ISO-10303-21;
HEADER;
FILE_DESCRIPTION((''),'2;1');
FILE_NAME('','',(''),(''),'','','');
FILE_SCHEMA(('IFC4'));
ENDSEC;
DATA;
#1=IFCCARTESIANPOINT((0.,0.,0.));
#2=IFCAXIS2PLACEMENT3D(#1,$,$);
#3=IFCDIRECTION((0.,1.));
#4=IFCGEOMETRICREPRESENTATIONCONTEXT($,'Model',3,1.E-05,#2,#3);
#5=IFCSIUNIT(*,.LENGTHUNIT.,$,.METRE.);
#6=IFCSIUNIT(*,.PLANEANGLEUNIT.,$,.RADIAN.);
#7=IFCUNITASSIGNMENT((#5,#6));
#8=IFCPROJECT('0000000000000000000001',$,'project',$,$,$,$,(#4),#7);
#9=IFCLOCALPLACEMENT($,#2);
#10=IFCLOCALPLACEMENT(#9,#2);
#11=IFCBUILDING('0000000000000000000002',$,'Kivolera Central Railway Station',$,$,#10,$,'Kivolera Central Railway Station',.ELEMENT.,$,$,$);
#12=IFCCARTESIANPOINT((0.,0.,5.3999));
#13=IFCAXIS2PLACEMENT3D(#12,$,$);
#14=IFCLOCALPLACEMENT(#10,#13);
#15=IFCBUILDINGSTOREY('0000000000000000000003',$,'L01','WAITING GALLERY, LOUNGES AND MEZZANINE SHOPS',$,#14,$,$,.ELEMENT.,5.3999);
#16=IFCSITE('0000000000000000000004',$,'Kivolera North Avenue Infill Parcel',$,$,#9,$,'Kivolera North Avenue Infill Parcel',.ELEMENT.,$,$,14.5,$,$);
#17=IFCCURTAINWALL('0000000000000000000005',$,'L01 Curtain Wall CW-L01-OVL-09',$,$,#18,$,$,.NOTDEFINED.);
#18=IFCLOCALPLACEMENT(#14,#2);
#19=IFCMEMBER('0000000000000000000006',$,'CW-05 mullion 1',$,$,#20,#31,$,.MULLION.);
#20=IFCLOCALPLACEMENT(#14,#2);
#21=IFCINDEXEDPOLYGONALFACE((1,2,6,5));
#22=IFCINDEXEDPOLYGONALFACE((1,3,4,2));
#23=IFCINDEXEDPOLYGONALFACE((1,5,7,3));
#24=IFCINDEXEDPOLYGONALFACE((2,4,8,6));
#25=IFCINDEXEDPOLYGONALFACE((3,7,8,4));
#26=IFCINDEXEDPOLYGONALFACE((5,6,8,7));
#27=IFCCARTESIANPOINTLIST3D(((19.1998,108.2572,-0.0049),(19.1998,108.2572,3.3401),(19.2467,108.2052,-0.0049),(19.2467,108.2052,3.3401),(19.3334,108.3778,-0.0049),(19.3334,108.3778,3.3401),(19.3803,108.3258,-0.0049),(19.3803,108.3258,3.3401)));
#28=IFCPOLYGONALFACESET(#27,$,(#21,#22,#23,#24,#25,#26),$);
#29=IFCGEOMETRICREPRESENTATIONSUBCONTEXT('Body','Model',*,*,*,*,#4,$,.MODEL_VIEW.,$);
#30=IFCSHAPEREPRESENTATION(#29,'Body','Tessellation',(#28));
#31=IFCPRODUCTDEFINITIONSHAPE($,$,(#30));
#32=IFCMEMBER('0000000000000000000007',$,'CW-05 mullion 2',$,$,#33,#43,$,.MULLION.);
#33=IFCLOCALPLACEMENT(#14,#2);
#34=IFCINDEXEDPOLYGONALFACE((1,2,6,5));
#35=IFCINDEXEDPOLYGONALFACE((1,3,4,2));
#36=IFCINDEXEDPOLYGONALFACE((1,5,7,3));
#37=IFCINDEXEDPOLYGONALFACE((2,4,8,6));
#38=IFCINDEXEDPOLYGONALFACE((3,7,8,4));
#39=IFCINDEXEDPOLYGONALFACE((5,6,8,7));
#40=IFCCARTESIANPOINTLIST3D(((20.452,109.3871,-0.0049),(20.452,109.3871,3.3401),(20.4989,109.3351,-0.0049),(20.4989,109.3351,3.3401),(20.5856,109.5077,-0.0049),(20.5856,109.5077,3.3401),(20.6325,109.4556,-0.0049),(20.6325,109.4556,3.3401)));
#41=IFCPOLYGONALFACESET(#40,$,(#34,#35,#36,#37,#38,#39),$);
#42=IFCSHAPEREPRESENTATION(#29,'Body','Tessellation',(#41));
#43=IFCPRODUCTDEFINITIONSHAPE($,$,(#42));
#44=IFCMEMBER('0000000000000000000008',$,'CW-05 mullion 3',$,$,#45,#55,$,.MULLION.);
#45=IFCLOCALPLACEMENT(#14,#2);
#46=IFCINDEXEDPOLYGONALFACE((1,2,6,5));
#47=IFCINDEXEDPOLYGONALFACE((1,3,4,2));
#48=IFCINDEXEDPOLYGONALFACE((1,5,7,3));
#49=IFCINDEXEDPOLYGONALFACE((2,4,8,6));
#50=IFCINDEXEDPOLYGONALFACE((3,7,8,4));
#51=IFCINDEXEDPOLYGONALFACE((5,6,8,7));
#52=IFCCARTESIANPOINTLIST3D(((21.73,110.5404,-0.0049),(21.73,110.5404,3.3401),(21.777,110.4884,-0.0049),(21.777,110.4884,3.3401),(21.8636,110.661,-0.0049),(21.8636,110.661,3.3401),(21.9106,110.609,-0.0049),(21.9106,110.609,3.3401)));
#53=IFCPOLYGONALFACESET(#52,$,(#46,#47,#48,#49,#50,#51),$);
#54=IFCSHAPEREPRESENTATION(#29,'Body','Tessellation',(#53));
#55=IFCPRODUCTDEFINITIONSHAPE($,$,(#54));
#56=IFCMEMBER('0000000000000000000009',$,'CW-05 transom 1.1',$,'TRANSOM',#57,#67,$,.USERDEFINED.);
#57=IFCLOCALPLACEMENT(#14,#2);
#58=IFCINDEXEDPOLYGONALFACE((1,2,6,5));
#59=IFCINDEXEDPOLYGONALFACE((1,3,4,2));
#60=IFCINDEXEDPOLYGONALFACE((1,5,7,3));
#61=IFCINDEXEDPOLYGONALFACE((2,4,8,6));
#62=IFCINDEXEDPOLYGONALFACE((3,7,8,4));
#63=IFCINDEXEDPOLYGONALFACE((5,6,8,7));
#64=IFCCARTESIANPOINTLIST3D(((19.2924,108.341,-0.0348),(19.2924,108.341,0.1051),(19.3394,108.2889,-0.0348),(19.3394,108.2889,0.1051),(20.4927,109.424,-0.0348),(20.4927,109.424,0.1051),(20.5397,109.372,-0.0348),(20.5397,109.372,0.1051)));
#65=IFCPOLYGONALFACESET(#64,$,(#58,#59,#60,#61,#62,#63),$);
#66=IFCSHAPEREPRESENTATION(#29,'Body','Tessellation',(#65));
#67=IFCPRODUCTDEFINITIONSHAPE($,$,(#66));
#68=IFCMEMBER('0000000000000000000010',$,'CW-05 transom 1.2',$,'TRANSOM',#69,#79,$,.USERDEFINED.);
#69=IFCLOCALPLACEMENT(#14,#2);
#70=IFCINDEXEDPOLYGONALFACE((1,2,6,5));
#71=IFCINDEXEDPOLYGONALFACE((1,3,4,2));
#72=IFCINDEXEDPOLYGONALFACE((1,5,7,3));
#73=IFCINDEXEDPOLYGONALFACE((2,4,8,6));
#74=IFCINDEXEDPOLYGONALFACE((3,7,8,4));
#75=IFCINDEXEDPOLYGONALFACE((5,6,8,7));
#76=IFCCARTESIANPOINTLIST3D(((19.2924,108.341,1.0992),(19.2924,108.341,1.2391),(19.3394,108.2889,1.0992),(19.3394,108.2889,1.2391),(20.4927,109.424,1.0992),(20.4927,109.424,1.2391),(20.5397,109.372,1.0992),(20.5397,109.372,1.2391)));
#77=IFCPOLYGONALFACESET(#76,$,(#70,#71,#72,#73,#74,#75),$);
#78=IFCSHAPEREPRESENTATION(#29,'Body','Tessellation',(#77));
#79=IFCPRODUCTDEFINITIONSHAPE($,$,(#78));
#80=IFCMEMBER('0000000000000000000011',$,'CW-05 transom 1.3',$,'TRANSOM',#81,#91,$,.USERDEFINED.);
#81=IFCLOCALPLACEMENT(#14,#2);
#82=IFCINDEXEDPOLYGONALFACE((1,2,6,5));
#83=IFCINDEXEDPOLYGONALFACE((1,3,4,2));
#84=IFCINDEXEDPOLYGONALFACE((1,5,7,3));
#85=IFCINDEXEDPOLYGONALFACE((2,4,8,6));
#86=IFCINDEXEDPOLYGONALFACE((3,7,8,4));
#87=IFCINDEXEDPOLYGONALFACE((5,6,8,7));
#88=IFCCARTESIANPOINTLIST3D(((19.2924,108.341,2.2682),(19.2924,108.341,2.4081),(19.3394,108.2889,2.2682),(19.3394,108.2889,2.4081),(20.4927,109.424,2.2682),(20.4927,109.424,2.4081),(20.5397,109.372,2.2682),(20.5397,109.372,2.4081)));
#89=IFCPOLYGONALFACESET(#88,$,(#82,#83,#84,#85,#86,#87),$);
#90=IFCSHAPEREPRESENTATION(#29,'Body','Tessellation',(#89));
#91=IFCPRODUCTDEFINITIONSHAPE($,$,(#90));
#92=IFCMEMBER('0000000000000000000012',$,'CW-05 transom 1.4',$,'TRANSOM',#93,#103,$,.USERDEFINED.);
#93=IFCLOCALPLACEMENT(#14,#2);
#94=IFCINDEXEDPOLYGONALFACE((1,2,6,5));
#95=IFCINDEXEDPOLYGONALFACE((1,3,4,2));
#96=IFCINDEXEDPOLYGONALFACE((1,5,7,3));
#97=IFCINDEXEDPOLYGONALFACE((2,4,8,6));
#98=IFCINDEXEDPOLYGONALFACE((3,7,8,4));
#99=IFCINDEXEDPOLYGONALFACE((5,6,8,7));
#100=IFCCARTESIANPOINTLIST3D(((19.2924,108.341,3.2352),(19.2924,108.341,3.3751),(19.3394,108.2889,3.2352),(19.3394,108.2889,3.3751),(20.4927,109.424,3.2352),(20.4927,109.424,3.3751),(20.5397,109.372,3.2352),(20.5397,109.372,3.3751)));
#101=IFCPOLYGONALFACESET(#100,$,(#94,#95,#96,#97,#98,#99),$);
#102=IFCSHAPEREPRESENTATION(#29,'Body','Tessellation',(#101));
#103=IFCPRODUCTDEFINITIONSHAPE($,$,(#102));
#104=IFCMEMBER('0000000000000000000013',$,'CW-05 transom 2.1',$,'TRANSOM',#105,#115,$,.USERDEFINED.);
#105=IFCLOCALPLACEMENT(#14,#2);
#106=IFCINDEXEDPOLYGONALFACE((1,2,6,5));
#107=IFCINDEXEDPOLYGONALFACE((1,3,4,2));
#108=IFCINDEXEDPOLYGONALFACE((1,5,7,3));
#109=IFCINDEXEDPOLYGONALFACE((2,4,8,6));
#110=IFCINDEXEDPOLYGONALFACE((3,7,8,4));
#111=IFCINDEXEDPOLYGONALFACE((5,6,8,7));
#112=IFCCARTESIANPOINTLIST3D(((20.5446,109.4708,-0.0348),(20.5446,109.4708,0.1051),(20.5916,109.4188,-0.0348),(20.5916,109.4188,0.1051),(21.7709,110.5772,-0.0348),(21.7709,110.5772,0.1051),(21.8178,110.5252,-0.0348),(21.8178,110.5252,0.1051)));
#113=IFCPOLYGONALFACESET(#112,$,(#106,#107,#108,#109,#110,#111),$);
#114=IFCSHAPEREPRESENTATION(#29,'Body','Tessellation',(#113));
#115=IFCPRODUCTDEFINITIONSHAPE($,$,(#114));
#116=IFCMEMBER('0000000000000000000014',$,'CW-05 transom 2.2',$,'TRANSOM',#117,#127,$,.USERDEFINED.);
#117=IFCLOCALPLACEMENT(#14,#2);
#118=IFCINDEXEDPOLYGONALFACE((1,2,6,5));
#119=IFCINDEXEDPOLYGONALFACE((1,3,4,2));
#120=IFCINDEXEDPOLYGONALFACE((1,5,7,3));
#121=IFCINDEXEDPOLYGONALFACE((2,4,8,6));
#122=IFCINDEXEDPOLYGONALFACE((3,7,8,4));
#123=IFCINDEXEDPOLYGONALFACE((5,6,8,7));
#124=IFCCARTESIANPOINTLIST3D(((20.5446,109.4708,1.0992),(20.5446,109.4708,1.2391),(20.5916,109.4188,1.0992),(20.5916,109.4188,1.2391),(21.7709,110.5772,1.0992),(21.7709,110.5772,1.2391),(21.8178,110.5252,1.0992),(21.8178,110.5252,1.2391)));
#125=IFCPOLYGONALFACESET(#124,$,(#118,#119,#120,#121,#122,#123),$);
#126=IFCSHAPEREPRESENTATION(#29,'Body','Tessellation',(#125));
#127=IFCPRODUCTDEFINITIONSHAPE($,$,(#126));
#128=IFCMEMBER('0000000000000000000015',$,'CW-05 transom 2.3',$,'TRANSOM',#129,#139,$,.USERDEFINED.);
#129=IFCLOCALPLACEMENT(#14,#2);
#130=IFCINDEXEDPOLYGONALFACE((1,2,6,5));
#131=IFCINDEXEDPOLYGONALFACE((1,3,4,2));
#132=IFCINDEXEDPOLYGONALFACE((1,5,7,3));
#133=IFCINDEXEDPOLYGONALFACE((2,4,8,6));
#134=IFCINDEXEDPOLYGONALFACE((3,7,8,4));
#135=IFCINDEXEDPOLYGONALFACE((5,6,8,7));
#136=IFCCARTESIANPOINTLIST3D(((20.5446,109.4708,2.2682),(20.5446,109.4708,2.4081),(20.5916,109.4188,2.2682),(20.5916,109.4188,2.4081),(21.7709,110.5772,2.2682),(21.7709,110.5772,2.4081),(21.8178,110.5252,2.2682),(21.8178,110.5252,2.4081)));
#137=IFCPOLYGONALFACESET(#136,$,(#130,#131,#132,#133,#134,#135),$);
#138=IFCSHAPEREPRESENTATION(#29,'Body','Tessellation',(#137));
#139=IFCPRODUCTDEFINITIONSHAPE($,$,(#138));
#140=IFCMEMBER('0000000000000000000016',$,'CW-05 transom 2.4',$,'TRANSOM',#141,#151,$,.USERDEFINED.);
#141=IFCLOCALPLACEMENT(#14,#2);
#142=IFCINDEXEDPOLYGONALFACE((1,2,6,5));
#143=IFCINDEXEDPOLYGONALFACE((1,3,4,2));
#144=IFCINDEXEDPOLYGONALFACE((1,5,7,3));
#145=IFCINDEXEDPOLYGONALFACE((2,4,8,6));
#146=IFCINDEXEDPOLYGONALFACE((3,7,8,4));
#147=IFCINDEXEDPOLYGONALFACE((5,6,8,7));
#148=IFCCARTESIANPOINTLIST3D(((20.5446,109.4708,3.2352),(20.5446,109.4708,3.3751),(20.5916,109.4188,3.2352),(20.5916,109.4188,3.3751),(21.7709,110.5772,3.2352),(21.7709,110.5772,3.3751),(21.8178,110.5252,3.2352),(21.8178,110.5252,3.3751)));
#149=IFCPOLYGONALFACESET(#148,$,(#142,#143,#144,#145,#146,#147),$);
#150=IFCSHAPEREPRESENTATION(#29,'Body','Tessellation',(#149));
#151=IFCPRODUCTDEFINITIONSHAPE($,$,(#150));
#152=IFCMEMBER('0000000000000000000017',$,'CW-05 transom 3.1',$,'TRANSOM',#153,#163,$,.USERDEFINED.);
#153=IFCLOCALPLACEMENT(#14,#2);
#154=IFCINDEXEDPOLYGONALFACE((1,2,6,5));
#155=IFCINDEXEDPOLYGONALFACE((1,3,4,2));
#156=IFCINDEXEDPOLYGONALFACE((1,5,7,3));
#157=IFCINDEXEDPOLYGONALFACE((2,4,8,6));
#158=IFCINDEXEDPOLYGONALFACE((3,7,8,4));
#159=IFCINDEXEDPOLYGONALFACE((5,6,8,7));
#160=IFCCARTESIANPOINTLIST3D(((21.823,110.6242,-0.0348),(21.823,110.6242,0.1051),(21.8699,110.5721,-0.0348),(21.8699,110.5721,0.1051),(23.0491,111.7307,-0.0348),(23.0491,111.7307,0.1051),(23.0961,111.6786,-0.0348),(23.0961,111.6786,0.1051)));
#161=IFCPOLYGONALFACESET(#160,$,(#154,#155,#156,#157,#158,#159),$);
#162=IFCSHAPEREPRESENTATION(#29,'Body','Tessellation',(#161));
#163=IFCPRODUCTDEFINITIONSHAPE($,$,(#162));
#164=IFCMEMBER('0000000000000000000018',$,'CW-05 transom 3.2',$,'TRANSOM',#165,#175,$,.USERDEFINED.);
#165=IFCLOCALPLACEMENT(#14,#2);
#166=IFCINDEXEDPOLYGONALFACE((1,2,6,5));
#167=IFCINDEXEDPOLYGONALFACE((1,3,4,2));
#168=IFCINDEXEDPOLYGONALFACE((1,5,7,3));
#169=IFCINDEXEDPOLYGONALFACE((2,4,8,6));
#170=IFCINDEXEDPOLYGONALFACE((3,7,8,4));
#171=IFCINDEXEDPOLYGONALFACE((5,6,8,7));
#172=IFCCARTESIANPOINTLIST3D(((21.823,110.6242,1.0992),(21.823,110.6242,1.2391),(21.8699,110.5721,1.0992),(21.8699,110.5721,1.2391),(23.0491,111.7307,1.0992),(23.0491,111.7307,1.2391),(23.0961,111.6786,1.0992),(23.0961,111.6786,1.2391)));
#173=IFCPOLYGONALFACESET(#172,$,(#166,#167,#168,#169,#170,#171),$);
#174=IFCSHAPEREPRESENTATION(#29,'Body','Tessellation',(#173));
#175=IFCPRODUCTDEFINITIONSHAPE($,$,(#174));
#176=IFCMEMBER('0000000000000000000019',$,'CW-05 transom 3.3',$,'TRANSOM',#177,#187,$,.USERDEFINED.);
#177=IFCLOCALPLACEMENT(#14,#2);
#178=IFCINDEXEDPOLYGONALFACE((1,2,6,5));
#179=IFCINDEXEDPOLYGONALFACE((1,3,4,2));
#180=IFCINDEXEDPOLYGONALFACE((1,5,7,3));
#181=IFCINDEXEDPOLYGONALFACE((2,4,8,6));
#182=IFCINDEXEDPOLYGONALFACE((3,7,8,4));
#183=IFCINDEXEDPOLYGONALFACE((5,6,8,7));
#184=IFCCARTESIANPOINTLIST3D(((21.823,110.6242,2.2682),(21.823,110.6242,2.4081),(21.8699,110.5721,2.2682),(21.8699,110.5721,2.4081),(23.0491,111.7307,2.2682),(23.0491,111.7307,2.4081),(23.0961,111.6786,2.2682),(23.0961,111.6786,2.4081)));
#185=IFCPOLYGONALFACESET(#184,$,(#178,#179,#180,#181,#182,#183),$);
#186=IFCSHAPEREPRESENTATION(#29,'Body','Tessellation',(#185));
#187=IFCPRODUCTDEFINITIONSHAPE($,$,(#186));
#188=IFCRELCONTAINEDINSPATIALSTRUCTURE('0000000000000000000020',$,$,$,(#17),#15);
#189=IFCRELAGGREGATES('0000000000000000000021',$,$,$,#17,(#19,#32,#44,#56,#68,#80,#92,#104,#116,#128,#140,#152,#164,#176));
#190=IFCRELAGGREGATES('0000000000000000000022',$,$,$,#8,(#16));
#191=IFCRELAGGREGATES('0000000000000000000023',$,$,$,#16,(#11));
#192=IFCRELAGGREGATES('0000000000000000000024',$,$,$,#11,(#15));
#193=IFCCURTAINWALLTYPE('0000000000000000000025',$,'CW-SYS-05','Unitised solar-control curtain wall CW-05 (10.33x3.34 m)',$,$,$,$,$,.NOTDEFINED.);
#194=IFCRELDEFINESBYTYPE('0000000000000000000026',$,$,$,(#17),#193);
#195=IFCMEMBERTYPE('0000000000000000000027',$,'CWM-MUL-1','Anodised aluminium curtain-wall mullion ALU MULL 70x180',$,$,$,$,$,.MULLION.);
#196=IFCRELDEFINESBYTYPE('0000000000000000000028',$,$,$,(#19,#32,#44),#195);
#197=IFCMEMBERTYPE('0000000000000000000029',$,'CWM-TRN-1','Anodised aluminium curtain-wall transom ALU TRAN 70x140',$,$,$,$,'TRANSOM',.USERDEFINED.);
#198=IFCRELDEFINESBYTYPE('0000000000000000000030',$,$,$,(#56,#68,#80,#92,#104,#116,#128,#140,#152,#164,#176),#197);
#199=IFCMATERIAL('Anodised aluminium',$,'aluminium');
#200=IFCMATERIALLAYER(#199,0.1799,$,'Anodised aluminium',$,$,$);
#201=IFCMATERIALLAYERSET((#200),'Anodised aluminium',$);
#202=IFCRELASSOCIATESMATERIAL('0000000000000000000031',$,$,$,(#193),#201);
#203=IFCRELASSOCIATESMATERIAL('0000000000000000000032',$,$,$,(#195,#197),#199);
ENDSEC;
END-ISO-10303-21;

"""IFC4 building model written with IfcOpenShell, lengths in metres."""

from ifc_helpers import new_model, si_unit, direction, frame, origin, origin_2d, place, context, subcontext, project, spatial, rectangle, extrude, material, layer, layer_set, material_profile, profile_set, type_object, element, aggregate, save


model = new_model("IFC4")

# Units and contexts
model_context = context("Model", 3, precision=1e-05, world=origin(), true_north=direction((0.0, 1.0)))
body_context = subcontext(model_context, "Body", "Model", "MODEL_VIEW")
ifc_project = project(units=[si_unit("LENGTHUNIT", "METRE"), si_unit("PLANEANGLEUNIT", "RADIAN")], contexts=[model_context])

# Site, building, storey
site_placement = place(None, origin())
site = spatial("IfcSite", under=ifc_project, at=site_placement, Name="Kivolera North Avenue Infill Parcel", LongName="Kivolera North Avenue Infill Parcel", CompositionType="ELEMENT", RefElevation=14.5)
building_placement = place(site_placement, origin())
building = spatial("IfcBuilding", under=site, at=building_placement, Name="Kivolera Central Railway Station", LongName="Kivolera Central Railway Station", CompositionType="ELEMENT")
storey_placement = place(building_placement, frame((0.0, 0.0, 5.3999)))
storey = spatial("IfcBuildingStorey", under=building, at=storey_placement, Name="L01", Description="WAITING GALLERY, LOUNGES AND MEZZANINE SHOPS", CompositionType="ELEMENT", Elevation=5.3999)

# Curtain wall, members
ifc_material_1 = material(Name="Anodised aluminium", Category="aluminium")
ifc_layer_1 = layer(ifc_material_1, 0.1799, Name="Anodised aluminium")
ifc_layer_set_1 = layer_set([ifc_layer_1], Name="Anodised aluminium")
curtain_wall_type = type_object("IfcCurtainWallType", Name="CW-SYS-05", Description="Unitised solar-control curtain wall CW-05 (10.33x3.34 m)", PredefinedType="NOTDEFINED", material=ifc_layer_set_1)
curtain_wall_placement = place(storey_placement, origin())
curtain_wall = element("IfcCurtainWall", 1, at=curtain_wall_placement, inside=storey, type_object=curtain_wall_type, Name="L01 Curtain Wall CW-L01-OVL-09", PredefinedType="NOTDEFINED")
ifc_material_profile_1 = material_profile(ifc_material_1, rectangle(XDim=0.0701, YDim=0.1799, at=origin_2d()), Name="ALU MULL 70x180")
ifc_profile_set_1 = profile_set([ifc_material_profile_1], Name="Anodised aluminium")
member_type_1 = type_object("IfcMemberType", Name="CWM-MUL-1", Description="Anodised aluminium curtain-wall mullion ALU MULL 70x180", PredefinedType="MULLION", material=ifc_profile_set_1)
member_1_placement = place(storey_placement, frame((19.29, 108.2915, -0.0049), z_axis=(0.0, 0.0, 1.0), x_axis=(-0.669922, 0.742432, 0.0)))
member_1 = element("IfcMember", 2, at=member_1_placement, type_object=member_type_1, Name="CW-05 mullion 1", PredefinedType="MULLION", context=body_context, shape_type="SweptSolid", body=[
    extrude(rectangle(XDim=0.0701, YDim=0.1799, at=origin_2d()), origin(), (0.0, 0.0, 1.0), 3.345),
])
member_2_placement = place(storey_placement, frame((20.5422, 109.4214, -0.0049), z_axis=(0.0, 0.0, 1.0), x_axis=(-0.669922, 0.742432, 0.0)))
member_2 = element("IfcMember", 3, at=member_2_placement, type_object=member_type_1, Name="CW-05 mullion 2", PredefinedType="MULLION", context=body_context, shape_type="SweptSolid", body=[
    extrude(rectangle(XDim=0.0701, YDim=0.1799, at=origin_2d()), origin(), (0.0, 0.0, 1.0), 3.345),
])
member_3_placement = place(storey_placement, frame((21.8203, 110.5747, -0.0049), z_axis=(0.0, 0.0, 1.0), x_axis=(-0.669922, 0.742432, 0.0)))
member_3 = element("IfcMember", 4, at=member_3_placement, type_object=member_type_1, Name="CW-05 mullion 3", PredefinedType="MULLION", context=body_context, shape_type="SweptSolid", body=[
    extrude(rectangle(XDim=0.0701, YDim=0.1799, at=origin_2d()), origin(), (0.0, 0.0, 1.0), 3.345),
])
ifc_material_profile_2 = material_profile(ifc_material_1, rectangle(XDim=0.0701, YDim=0.1399, at=origin_2d()), Name="ALU TRAN 70x140")
ifc_profile_set_2 = profile_set([ifc_material_profile_2], Name="Anodised aluminium")
member_type_2 = type_object("IfcMemberType", Name="CWM-TRN-1", Description="Anodised aluminium curtain-wall transom ALU TRAN 70x140", ElementType="TRANSOM", PredefinedType="USERDEFINED", material=ifc_profile_set_2)
member_4_placement = place(storey_placement, frame((19.3159, 108.3149, 0.0352), z_axis=(0.742422, 0.669932, 0.0), x_axis=(-0.669932, 0.742422, 0.0)))
member_4 = element("IfcMember", 5, at=member_4_placement, type_object=member_type_2, Name="CW-05 transom 1.1", ObjectType="TRANSOM", PredefinedType="USERDEFINED", context=body_context, shape_type="SweptSolid", body=[
    extrude(rectangle(XDim=0.0701, YDim=0.1399, at=origin_2d()), origin(), (0.0, 0.0, 1.0), 1.6167),
])
member_5_placement = place(storey_placement, frame((19.3159, 108.3149, 1.1692), z_axis=(0.742422, 0.669932, 0.0), x_axis=(-0.669932, 0.742422, 0.0)))
member_5 = element("IfcMember", 6, at=member_5_placement, type_object=member_type_2, Name="CW-05 transom 1.2", ObjectType="TRANSOM", PredefinedType="USERDEFINED", context=body_context, shape_type="SweptSolid", body=[
    extrude(rectangle(XDim=0.0701, YDim=0.1399, at=origin_2d()), origin(), (0.0, 0.0, 1.0), 1.6167),
])
member_6_placement = place(storey_placement, frame((19.3159, 108.3149, 2.3381), z_axis=(0.742422, 0.669932, 0.0), x_axis=(-0.669932, 0.742422, 0.0)))
member_6 = element("IfcMember", 7, at=member_6_placement, type_object=member_type_2, Name="CW-05 transom 1.3", ObjectType="TRANSOM", PredefinedType="USERDEFINED", context=body_context, shape_type="SweptSolid", body=[
    extrude(rectangle(XDim=0.0701, YDim=0.1399, at=origin_2d()), origin(), (0.0, 0.0, 1.0), 1.6167),
])
member_7_placement = place(storey_placement, frame((19.3159, 108.3149, 3.3052), z_axis=(0.742422, 0.669932, 0.0), x_axis=(-0.669932, 0.742422, 0.0)))
member_7 = element("IfcMember", 8, at=member_7_placement, type_object=member_type_2, Name="CW-05 transom 1.4", ObjectType="TRANSOM", PredefinedType="USERDEFINED", context=body_context, shape_type="SweptSolid", body=[
    extrude(rectangle(XDim=0.0701, YDim=0.1399, at=origin_2d()), origin(), (0.0, 0.0, 1.0), 1.6167),
])
member_8_placement = place(storey_placement, frame((20.5681, 109.4448, 0.0352), z_axis=(0.742463, 0.669887, 0.0), x_axis=(-0.669887, 0.742463, 0.0)))
member_8 = element("IfcMember", 9, at=member_8_placement, type_object=member_type_2, Name="CW-05 transom 2.1", ObjectType="TRANSOM", PredefinedType="USERDEFINED", context=body_context, shape_type="SweptSolid", body=[
    extrude(rectangle(XDim=0.0701, YDim=0.1399, at=origin_2d()), origin(), (0.0, 0.0, 1.0), 1.6516),
])
member_9_placement = place(storey_placement, frame((20.5681, 109.4448, 1.1692), z_axis=(0.742463, 0.669887, 0.0), x_axis=(-0.669887, 0.742463, 0.0)))
member_9 = element("IfcMember", 10, at=member_9_placement, type_object=member_type_2, Name="CW-05 transom 2.2", ObjectType="TRANSOM", PredefinedType="USERDEFINED", context=body_context, shape_type="SweptSolid", body=[
    extrude(rectangle(XDim=0.0701, YDim=0.1399, at=origin_2d()), origin(), (0.0, 0.0, 1.0), 1.6516),
])
member_10_placement = place(storey_placement, frame((20.5681, 109.4448, 2.3381), z_axis=(0.742463, 0.669887, 0.0), x_axis=(-0.669887, 0.742463, 0.0)))
member_10 = element("IfcMember", 11, at=member_10_placement, type_object=member_type_2, Name="CW-05 transom 2.3", ObjectType="TRANSOM", PredefinedType="USERDEFINED", context=body_context, shape_type="SweptSolid", body=[
    extrude(rectangle(XDim=0.0701, YDim=0.1399, at=origin_2d()), origin(), (0.0, 0.0, 1.0), 1.6516),
])
member_11_placement = place(storey_placement, frame((20.5681, 109.4448, 3.3052), z_axis=(0.742463, 0.669887, 0.0), x_axis=(-0.669887, 0.742463, 0.0)))
member_11 = element("IfcMember", 12, at=member_11_placement, type_object=member_type_2, Name="CW-05 transom 2.4", ObjectType="TRANSOM", PredefinedType="USERDEFINED", context=body_context, shape_type="SweptSolid", body=[
    extrude(rectangle(XDim=0.0701, YDim=0.1399, at=origin_2d()), origin(), (0.0, 0.0, 1.0), 1.6516),
])
member_12_placement = place(storey_placement, frame((21.8464, 110.5981, 0.0352), z_axis=(0.742397, 0.669961, 0.0), x_axis=(-0.669961, 0.742397, 0.0)))
member_12 = element("IfcMember", 13, at=member_12_placement, type_object=member_type_2, Name="CW-05 transom 3.1", ObjectType="TRANSOM", PredefinedType="USERDEFINED", context=body_context, shape_type="SweptSolid", body=[
    extrude(rectangle(XDim=0.0701, YDim=0.1399, at=origin_2d()), origin(), (0.0, 0.0, 1.0), 1.6516),
])
member_13_placement = place(storey_placement, frame((21.8464, 110.5981, 1.1692), z_axis=(0.742397, 0.669961, 0.0), x_axis=(-0.669961, 0.742397, 0.0)))
member_13 = element("IfcMember", 14, at=member_13_placement, type_object=member_type_2, Name="CW-05 transom 3.2", ObjectType="TRANSOM", PredefinedType="USERDEFINED", context=body_context, shape_type="SweptSolid", body=[
    extrude(rectangle(XDim=0.0701, YDim=0.1399, at=origin_2d()), origin(), (0.0, 0.0, 1.0), 1.6516),
])
member_14_placement = place(storey_placement, frame((21.8464, 110.5981, 2.3381), z_axis=(0.742397, 0.669961, 0.0), x_axis=(-0.669961, 0.742397, 0.0)))
member_14 = element("IfcMember", 15, at=member_14_placement, type_object=member_type_2, Name="CW-05 transom 3.3", ObjectType="TRANSOM", PredefinedType="USERDEFINED", context=body_context, shape_type="SweptSolid", body=[
    extrude(rectangle(XDim=0.0701, YDim=0.1399, at=origin_2d()), origin(), (0.0, 0.0, 1.0), 1.6516),
])
aggregate(curtain_wall, [member_1, member_2, member_3, member_4, member_5, member_6, member_7, member_8, member_9, member_10, member_11, member_12, member_13, member_14])

save(model, "model.ifc")
